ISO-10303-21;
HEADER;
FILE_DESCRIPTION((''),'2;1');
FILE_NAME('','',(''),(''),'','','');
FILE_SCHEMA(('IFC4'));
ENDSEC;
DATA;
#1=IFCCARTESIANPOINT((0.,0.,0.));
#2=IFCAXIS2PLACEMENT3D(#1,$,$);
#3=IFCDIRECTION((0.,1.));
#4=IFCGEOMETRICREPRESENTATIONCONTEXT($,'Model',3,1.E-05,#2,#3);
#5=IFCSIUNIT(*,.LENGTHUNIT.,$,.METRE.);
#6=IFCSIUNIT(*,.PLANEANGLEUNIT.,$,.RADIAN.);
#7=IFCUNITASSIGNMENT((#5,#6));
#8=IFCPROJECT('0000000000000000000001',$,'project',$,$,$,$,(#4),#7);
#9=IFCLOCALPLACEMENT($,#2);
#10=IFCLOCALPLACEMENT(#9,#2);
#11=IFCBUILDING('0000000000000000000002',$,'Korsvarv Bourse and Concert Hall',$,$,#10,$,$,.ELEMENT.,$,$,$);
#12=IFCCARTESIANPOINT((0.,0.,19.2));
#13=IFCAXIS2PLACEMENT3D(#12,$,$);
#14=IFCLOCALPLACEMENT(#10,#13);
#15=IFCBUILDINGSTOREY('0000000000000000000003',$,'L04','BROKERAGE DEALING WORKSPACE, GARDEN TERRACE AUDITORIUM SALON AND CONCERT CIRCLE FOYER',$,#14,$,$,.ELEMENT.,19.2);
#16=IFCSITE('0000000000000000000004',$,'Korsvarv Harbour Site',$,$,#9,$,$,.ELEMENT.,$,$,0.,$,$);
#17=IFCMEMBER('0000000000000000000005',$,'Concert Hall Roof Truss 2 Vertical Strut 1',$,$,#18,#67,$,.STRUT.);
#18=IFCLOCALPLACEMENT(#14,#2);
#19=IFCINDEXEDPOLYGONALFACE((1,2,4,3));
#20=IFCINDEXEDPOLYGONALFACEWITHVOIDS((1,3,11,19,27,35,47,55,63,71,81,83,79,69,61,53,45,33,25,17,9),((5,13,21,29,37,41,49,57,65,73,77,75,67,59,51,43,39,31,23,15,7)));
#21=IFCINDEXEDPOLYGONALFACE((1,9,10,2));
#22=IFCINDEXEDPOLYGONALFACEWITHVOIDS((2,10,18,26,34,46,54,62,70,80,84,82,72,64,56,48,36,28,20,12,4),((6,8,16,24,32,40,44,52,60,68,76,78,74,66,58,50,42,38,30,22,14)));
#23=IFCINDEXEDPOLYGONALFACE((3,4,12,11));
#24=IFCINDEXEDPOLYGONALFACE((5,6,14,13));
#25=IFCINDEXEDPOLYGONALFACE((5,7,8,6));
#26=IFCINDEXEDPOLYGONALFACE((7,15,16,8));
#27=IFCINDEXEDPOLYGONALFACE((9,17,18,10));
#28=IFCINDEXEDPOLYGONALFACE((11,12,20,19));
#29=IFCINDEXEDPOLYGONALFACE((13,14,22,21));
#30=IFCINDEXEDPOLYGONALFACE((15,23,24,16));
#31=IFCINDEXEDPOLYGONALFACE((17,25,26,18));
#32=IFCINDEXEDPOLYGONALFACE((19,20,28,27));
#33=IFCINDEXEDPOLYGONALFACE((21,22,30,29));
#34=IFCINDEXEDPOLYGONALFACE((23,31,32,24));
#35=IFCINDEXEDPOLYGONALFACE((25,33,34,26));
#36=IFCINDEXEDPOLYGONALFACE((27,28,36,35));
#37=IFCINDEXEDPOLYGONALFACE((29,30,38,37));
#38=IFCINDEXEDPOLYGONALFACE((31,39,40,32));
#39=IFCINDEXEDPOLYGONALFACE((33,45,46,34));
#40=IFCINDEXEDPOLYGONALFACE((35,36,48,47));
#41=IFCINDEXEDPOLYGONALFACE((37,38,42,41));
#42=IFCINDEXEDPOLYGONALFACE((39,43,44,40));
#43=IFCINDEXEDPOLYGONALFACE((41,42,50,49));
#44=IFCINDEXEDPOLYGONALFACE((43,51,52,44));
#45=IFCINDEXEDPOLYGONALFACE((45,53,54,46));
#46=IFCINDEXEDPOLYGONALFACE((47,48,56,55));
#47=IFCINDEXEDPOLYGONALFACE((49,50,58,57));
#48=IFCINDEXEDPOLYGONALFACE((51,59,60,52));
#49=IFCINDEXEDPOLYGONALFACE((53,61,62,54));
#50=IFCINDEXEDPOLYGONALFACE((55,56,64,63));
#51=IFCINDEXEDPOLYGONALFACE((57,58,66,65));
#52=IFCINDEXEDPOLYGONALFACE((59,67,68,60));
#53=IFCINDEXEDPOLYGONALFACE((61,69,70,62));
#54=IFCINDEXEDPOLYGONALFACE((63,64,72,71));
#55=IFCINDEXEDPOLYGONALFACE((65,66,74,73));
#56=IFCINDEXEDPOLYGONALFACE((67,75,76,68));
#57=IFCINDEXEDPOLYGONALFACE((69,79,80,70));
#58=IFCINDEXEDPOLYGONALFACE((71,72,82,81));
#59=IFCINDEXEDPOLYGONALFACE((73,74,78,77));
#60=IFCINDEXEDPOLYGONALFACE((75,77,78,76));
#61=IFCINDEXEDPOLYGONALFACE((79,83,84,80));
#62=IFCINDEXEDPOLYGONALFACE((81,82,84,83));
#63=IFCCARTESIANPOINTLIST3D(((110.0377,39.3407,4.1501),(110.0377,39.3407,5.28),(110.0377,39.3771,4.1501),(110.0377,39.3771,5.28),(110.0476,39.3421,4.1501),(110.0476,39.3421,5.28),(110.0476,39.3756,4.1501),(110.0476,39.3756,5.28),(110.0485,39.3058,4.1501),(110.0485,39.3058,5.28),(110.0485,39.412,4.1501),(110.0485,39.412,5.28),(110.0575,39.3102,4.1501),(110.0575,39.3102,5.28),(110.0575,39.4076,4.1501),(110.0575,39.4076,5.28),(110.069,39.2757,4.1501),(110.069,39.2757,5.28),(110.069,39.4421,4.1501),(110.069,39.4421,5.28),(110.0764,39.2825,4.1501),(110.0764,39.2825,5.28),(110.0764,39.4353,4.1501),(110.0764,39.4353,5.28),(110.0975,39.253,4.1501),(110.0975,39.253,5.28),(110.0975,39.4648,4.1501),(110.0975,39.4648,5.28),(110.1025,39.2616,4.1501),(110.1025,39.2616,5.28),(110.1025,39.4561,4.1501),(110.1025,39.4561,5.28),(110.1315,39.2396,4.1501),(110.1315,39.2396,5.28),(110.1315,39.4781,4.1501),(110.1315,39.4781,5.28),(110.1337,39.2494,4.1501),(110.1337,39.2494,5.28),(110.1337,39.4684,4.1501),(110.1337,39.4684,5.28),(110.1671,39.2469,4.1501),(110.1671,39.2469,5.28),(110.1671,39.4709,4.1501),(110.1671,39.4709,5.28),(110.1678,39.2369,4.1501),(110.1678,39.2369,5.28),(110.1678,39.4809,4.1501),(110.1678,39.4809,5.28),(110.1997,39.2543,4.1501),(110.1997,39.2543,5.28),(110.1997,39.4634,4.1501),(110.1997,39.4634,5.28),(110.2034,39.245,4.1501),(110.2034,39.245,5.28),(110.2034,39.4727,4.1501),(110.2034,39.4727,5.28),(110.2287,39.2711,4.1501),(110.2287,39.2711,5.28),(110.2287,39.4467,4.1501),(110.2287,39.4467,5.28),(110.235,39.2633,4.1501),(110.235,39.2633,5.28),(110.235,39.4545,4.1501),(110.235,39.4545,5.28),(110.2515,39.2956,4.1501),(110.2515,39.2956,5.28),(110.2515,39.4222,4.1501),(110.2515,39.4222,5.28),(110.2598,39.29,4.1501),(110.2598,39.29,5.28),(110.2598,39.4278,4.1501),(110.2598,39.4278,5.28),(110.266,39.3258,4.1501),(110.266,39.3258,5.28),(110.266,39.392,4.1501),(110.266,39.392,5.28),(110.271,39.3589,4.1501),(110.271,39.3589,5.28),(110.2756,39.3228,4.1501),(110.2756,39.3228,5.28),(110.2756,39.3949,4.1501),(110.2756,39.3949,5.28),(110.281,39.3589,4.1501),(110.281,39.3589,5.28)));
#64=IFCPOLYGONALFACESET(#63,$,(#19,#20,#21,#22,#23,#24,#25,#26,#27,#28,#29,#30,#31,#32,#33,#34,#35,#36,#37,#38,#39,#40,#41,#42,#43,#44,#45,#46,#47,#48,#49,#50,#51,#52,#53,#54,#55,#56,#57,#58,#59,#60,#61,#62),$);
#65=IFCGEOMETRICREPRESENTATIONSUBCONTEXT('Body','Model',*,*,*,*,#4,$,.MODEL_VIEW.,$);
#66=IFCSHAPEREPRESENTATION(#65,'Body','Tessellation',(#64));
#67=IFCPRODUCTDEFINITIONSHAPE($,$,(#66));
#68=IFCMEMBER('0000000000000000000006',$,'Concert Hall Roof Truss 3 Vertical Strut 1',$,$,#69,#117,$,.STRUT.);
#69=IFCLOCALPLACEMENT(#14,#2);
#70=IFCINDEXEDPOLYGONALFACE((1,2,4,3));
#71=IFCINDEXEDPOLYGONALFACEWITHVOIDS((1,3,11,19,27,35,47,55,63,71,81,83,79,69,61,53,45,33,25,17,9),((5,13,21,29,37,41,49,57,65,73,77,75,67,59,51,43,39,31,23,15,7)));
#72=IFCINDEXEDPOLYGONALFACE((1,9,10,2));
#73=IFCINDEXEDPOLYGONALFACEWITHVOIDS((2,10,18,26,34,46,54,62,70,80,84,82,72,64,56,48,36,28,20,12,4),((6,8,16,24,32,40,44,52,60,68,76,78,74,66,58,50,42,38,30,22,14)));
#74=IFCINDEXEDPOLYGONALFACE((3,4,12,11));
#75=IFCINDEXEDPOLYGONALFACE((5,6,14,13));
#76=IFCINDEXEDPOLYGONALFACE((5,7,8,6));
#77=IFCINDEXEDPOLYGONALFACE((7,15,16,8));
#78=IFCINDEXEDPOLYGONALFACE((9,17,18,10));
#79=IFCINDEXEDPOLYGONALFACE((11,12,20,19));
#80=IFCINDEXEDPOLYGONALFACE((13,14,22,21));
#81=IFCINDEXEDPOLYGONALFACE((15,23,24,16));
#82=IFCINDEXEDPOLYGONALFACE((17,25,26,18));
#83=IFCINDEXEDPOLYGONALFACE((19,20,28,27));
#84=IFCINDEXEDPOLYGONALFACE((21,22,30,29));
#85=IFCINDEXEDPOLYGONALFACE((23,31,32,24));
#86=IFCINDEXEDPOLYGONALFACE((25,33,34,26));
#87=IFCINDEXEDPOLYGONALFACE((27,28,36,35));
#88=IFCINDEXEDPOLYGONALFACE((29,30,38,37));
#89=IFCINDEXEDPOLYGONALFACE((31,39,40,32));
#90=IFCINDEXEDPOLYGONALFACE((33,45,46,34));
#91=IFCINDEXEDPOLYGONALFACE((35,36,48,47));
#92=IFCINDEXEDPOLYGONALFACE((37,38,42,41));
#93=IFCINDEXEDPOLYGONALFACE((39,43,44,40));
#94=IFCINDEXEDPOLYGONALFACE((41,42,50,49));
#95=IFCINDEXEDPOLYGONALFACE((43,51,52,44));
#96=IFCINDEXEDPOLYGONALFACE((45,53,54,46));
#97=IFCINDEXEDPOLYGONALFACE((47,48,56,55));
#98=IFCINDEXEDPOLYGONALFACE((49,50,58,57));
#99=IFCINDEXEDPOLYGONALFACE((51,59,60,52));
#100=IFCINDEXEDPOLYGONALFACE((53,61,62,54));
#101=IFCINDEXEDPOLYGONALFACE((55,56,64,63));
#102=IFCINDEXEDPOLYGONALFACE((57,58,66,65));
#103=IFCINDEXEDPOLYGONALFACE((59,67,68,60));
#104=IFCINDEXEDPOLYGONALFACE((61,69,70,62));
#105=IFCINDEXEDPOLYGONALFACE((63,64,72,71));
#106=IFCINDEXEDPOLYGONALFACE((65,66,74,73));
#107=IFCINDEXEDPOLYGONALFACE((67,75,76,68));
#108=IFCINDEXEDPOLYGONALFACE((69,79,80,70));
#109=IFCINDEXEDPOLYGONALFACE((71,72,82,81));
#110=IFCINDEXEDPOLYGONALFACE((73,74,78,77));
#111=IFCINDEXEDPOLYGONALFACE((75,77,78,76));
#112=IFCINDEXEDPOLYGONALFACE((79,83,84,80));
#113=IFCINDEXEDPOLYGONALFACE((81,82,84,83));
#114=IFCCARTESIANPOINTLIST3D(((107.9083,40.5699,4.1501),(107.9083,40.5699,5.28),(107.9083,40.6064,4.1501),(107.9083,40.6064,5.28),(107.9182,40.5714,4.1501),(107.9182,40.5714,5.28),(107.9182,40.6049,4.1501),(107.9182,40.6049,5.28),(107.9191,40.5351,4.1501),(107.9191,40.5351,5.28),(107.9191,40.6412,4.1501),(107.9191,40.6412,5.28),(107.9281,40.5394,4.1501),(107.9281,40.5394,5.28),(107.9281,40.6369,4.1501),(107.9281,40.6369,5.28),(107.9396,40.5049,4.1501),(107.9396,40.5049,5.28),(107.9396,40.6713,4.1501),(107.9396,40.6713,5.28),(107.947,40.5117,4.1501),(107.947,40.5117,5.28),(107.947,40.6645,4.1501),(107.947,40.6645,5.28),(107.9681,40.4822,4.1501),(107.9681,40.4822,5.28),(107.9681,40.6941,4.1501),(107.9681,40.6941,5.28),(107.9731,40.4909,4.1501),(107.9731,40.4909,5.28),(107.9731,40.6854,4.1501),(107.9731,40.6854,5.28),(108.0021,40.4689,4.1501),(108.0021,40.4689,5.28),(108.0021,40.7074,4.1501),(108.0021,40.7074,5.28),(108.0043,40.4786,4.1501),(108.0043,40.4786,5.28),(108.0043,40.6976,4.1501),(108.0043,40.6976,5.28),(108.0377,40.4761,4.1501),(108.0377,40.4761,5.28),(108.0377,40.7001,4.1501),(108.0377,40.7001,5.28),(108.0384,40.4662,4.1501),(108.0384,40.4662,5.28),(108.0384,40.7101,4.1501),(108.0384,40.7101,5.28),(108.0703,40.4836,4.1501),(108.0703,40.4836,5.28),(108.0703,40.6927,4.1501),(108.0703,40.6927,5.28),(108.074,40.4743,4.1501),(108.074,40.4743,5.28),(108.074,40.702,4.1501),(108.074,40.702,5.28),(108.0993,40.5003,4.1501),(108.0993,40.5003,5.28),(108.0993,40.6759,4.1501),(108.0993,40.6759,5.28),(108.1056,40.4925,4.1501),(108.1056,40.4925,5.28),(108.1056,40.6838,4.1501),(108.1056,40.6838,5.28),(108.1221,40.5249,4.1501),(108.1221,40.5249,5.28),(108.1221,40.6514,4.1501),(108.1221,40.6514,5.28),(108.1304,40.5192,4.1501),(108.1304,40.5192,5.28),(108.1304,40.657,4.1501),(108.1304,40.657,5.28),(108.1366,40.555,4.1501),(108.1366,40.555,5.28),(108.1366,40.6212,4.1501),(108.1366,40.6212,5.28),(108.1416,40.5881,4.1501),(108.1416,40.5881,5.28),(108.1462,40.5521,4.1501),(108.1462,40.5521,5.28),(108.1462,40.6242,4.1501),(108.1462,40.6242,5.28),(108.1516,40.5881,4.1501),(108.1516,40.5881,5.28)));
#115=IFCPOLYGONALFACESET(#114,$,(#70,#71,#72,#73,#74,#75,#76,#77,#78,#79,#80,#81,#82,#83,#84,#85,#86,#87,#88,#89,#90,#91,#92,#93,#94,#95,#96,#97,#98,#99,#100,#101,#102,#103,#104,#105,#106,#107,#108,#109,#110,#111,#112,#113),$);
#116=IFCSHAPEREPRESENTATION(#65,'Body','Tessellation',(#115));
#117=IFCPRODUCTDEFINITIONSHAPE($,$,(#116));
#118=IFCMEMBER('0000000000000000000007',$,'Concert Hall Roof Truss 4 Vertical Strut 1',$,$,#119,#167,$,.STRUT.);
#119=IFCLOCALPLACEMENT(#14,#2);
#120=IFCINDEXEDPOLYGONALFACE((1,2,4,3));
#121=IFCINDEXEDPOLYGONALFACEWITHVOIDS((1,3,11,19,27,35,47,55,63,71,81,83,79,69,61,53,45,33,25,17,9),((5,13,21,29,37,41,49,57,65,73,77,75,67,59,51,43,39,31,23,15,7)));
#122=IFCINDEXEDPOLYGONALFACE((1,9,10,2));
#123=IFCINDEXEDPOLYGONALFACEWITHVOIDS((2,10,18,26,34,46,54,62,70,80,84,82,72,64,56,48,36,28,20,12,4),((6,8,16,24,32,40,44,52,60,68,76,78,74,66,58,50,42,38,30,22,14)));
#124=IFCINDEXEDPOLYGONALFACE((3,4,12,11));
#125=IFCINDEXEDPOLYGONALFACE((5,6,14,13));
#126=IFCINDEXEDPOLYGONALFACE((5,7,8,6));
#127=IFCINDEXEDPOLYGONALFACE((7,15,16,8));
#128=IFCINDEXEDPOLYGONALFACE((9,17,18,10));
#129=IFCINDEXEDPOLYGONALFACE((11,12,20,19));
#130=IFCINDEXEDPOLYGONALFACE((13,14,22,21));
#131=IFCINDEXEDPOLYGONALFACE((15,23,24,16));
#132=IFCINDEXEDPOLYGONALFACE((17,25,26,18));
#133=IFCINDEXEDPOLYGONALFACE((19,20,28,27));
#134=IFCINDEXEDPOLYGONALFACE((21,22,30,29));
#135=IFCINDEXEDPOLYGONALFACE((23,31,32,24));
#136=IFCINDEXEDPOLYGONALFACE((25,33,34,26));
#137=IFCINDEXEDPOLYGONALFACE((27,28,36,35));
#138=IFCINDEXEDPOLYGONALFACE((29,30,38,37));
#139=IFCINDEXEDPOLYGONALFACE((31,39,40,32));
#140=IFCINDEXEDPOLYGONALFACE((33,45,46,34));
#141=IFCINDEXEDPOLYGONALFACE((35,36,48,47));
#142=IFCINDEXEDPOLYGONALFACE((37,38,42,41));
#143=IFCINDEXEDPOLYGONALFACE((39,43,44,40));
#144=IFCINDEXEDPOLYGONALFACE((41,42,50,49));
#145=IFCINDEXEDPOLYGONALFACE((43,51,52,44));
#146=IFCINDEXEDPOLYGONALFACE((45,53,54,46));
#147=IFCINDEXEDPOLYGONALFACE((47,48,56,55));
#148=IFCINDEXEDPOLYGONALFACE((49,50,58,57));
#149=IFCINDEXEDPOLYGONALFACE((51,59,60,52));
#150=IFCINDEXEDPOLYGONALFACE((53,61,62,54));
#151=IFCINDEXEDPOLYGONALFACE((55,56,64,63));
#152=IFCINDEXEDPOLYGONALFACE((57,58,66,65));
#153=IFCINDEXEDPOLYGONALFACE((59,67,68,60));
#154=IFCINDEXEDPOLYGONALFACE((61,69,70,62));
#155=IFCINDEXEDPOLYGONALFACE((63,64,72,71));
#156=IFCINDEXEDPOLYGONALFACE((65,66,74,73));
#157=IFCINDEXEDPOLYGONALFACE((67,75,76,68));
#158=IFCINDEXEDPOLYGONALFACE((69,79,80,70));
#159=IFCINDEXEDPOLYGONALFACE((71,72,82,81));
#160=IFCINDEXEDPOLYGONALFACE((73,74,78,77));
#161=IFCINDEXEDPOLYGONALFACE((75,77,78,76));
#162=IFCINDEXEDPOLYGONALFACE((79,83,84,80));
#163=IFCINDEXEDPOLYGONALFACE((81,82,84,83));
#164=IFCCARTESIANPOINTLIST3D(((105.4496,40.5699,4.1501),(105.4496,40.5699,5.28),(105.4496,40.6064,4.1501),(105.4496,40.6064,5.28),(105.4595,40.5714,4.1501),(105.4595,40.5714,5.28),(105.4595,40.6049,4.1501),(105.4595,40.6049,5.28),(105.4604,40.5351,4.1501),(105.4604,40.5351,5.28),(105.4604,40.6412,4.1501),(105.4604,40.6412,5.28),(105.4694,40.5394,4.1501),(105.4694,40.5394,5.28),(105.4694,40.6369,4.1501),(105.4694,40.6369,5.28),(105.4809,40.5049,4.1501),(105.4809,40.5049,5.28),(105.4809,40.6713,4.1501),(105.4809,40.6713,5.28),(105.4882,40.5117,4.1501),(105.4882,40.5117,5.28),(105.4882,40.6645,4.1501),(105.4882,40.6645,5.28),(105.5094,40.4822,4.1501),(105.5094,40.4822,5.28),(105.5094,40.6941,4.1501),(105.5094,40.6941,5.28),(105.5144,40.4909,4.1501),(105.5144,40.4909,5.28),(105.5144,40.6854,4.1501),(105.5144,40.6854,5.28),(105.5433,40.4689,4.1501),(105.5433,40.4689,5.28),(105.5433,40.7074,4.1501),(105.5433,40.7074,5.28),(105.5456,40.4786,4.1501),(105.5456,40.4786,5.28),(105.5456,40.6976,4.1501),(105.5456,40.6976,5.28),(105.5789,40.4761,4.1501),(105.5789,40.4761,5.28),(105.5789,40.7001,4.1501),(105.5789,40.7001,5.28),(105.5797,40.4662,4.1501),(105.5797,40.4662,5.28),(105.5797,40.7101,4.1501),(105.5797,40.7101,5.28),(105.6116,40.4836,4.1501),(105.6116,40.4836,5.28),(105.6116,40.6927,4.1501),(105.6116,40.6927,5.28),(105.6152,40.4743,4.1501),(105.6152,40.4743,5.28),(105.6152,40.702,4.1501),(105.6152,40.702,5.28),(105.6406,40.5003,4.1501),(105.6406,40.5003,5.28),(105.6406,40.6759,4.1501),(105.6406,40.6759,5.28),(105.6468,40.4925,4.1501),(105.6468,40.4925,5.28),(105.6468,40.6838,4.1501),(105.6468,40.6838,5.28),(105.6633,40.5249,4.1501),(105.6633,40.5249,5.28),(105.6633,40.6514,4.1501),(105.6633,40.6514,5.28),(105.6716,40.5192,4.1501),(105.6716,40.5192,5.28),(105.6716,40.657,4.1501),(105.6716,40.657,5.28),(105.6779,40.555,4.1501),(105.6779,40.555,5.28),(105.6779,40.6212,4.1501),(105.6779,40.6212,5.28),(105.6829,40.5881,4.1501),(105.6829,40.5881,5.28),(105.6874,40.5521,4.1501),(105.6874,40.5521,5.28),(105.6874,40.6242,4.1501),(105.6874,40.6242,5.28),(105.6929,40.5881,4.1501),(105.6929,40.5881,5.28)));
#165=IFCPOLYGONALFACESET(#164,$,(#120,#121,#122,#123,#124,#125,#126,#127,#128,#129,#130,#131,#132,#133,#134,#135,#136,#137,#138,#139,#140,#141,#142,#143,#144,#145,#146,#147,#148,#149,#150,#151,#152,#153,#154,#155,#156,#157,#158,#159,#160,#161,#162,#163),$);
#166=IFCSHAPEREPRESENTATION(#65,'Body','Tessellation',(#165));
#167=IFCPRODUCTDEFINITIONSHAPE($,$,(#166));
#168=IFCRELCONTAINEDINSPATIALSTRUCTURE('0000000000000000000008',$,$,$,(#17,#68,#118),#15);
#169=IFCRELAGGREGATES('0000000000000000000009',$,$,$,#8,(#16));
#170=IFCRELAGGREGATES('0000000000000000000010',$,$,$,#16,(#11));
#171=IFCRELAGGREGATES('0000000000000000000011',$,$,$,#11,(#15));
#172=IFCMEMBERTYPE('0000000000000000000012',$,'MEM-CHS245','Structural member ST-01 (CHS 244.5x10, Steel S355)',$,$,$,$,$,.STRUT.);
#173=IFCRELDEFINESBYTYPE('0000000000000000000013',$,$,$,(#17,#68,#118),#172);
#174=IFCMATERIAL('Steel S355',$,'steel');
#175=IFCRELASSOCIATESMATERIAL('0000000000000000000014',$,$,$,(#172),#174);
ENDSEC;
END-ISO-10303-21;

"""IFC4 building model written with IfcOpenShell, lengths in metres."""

from ifc_helpers import new_model, si_unit, direction, frame, origin, origin_2d, place, context, subcontext, project, spatial, hollow_circle, extrude, source, transform, mapped, material, material_profile, profile_set, type_object, element, save


model = new_model("IFC4")

# Units and contexts
model_context = context("Model", 3, precision=1e-05, world=origin(), true_north=direction((0.0, 1.0)))
body_context = subcontext(model_context, "Body", "Model", "MODEL_VIEW")
ifc_project = project(units=[si_unit("LENGTHUNIT", "METRE"), si_unit("PLANEANGLEUNIT", "RADIAN")], contexts=[model_context])

# Site, building, storey
site_placement = place(None, origin())
site = spatial("IfcSite", under=ifc_project, at=site_placement, Name="Korsvarv Harbour Site", CompositionType="ELEMENT", RefElevation=0.0)
building_placement = place(site_placement, origin())
building = spatial("IfcBuilding", under=site, at=building_placement, Name="Korsvarv Bourse and Concert Hall", CompositionType="ELEMENT")
storey_placement = place(building_placement, frame((0.0, 0.0, 19.2)))
storey = spatial("IfcBuildingStorey", under=building, at=storey_placement, Name="L04", Description="BROKERAGE DEALING WORKSPACE, GARDEN TERRACE AUDITORIUM SALON AND CONCERT CIRCLE FOYER", CompositionType="ELEMENT", Elevation=19.2)

# Shared definitions
ifc_material_1 = material(Name="Steel S355", Category="steel")

# Members
ifc_material_profile_1 = material_profile(ifc_material_1, hollow_circle(Radius=0.1223, WallThickness=0.01, at=origin_2d()), Name="CHS 244.5x10")
ifc_profile_set_1 = profile_set([ifc_material_profile_1], Name="Steel S355")
member_type_1 = type_object("IfcMemberType", Name="MEM-CHS245", Description="Structural member ST-01 (CHS 244.5x10, Steel S355)", PredefinedType="STRUT", material=ifc_profile_set_1)
shared_shape_1 = source(origin(), body_context, "Body", "SweptSolid", [
    extrude(hollow_circle(Radius=0.1223, WallThickness=0.01, at=origin_2d()), origin(), (0.0, 0.0, 1.0), 1.1299),
])
for number, where, z_axis, x_axis, name in (
    (1, (110.1587, 39.3589, 4.1501), (0.0, 0.0, 1.0), (1.0, 0.0, 0.0), "Concert Hall Roof Truss 2 Vertical Strut 1"),
    (2, (108.0293, 40.5881, 4.1501), (0.0, 0.0, 1.0), (1.0, 0.0, 0.0), "Concert Hall Roof Truss 3 Vertical Strut 1"),
    (3, (105.5706, 40.5881, 4.1501), (0.0, 0.0, 1.0), (1.0, 0.0, 0.0), "Concert Hall Roof Truss 4 Vertical Strut 1"),
):
    element("IfcMember", number, at=place(storey_placement, frame(where, z_axis=z_axis, x_axis=x_axis)), inside=storey, type_object=member_type_1, Name=name, PredefinedType="STRUT", context=body_context, shape_type="MappedRepresentation", body=[
        mapped(shared_shape_1, transform((0.0, 0.0, 0.0), scale=1.0)),
    ])

save(model, "model.ifc")
